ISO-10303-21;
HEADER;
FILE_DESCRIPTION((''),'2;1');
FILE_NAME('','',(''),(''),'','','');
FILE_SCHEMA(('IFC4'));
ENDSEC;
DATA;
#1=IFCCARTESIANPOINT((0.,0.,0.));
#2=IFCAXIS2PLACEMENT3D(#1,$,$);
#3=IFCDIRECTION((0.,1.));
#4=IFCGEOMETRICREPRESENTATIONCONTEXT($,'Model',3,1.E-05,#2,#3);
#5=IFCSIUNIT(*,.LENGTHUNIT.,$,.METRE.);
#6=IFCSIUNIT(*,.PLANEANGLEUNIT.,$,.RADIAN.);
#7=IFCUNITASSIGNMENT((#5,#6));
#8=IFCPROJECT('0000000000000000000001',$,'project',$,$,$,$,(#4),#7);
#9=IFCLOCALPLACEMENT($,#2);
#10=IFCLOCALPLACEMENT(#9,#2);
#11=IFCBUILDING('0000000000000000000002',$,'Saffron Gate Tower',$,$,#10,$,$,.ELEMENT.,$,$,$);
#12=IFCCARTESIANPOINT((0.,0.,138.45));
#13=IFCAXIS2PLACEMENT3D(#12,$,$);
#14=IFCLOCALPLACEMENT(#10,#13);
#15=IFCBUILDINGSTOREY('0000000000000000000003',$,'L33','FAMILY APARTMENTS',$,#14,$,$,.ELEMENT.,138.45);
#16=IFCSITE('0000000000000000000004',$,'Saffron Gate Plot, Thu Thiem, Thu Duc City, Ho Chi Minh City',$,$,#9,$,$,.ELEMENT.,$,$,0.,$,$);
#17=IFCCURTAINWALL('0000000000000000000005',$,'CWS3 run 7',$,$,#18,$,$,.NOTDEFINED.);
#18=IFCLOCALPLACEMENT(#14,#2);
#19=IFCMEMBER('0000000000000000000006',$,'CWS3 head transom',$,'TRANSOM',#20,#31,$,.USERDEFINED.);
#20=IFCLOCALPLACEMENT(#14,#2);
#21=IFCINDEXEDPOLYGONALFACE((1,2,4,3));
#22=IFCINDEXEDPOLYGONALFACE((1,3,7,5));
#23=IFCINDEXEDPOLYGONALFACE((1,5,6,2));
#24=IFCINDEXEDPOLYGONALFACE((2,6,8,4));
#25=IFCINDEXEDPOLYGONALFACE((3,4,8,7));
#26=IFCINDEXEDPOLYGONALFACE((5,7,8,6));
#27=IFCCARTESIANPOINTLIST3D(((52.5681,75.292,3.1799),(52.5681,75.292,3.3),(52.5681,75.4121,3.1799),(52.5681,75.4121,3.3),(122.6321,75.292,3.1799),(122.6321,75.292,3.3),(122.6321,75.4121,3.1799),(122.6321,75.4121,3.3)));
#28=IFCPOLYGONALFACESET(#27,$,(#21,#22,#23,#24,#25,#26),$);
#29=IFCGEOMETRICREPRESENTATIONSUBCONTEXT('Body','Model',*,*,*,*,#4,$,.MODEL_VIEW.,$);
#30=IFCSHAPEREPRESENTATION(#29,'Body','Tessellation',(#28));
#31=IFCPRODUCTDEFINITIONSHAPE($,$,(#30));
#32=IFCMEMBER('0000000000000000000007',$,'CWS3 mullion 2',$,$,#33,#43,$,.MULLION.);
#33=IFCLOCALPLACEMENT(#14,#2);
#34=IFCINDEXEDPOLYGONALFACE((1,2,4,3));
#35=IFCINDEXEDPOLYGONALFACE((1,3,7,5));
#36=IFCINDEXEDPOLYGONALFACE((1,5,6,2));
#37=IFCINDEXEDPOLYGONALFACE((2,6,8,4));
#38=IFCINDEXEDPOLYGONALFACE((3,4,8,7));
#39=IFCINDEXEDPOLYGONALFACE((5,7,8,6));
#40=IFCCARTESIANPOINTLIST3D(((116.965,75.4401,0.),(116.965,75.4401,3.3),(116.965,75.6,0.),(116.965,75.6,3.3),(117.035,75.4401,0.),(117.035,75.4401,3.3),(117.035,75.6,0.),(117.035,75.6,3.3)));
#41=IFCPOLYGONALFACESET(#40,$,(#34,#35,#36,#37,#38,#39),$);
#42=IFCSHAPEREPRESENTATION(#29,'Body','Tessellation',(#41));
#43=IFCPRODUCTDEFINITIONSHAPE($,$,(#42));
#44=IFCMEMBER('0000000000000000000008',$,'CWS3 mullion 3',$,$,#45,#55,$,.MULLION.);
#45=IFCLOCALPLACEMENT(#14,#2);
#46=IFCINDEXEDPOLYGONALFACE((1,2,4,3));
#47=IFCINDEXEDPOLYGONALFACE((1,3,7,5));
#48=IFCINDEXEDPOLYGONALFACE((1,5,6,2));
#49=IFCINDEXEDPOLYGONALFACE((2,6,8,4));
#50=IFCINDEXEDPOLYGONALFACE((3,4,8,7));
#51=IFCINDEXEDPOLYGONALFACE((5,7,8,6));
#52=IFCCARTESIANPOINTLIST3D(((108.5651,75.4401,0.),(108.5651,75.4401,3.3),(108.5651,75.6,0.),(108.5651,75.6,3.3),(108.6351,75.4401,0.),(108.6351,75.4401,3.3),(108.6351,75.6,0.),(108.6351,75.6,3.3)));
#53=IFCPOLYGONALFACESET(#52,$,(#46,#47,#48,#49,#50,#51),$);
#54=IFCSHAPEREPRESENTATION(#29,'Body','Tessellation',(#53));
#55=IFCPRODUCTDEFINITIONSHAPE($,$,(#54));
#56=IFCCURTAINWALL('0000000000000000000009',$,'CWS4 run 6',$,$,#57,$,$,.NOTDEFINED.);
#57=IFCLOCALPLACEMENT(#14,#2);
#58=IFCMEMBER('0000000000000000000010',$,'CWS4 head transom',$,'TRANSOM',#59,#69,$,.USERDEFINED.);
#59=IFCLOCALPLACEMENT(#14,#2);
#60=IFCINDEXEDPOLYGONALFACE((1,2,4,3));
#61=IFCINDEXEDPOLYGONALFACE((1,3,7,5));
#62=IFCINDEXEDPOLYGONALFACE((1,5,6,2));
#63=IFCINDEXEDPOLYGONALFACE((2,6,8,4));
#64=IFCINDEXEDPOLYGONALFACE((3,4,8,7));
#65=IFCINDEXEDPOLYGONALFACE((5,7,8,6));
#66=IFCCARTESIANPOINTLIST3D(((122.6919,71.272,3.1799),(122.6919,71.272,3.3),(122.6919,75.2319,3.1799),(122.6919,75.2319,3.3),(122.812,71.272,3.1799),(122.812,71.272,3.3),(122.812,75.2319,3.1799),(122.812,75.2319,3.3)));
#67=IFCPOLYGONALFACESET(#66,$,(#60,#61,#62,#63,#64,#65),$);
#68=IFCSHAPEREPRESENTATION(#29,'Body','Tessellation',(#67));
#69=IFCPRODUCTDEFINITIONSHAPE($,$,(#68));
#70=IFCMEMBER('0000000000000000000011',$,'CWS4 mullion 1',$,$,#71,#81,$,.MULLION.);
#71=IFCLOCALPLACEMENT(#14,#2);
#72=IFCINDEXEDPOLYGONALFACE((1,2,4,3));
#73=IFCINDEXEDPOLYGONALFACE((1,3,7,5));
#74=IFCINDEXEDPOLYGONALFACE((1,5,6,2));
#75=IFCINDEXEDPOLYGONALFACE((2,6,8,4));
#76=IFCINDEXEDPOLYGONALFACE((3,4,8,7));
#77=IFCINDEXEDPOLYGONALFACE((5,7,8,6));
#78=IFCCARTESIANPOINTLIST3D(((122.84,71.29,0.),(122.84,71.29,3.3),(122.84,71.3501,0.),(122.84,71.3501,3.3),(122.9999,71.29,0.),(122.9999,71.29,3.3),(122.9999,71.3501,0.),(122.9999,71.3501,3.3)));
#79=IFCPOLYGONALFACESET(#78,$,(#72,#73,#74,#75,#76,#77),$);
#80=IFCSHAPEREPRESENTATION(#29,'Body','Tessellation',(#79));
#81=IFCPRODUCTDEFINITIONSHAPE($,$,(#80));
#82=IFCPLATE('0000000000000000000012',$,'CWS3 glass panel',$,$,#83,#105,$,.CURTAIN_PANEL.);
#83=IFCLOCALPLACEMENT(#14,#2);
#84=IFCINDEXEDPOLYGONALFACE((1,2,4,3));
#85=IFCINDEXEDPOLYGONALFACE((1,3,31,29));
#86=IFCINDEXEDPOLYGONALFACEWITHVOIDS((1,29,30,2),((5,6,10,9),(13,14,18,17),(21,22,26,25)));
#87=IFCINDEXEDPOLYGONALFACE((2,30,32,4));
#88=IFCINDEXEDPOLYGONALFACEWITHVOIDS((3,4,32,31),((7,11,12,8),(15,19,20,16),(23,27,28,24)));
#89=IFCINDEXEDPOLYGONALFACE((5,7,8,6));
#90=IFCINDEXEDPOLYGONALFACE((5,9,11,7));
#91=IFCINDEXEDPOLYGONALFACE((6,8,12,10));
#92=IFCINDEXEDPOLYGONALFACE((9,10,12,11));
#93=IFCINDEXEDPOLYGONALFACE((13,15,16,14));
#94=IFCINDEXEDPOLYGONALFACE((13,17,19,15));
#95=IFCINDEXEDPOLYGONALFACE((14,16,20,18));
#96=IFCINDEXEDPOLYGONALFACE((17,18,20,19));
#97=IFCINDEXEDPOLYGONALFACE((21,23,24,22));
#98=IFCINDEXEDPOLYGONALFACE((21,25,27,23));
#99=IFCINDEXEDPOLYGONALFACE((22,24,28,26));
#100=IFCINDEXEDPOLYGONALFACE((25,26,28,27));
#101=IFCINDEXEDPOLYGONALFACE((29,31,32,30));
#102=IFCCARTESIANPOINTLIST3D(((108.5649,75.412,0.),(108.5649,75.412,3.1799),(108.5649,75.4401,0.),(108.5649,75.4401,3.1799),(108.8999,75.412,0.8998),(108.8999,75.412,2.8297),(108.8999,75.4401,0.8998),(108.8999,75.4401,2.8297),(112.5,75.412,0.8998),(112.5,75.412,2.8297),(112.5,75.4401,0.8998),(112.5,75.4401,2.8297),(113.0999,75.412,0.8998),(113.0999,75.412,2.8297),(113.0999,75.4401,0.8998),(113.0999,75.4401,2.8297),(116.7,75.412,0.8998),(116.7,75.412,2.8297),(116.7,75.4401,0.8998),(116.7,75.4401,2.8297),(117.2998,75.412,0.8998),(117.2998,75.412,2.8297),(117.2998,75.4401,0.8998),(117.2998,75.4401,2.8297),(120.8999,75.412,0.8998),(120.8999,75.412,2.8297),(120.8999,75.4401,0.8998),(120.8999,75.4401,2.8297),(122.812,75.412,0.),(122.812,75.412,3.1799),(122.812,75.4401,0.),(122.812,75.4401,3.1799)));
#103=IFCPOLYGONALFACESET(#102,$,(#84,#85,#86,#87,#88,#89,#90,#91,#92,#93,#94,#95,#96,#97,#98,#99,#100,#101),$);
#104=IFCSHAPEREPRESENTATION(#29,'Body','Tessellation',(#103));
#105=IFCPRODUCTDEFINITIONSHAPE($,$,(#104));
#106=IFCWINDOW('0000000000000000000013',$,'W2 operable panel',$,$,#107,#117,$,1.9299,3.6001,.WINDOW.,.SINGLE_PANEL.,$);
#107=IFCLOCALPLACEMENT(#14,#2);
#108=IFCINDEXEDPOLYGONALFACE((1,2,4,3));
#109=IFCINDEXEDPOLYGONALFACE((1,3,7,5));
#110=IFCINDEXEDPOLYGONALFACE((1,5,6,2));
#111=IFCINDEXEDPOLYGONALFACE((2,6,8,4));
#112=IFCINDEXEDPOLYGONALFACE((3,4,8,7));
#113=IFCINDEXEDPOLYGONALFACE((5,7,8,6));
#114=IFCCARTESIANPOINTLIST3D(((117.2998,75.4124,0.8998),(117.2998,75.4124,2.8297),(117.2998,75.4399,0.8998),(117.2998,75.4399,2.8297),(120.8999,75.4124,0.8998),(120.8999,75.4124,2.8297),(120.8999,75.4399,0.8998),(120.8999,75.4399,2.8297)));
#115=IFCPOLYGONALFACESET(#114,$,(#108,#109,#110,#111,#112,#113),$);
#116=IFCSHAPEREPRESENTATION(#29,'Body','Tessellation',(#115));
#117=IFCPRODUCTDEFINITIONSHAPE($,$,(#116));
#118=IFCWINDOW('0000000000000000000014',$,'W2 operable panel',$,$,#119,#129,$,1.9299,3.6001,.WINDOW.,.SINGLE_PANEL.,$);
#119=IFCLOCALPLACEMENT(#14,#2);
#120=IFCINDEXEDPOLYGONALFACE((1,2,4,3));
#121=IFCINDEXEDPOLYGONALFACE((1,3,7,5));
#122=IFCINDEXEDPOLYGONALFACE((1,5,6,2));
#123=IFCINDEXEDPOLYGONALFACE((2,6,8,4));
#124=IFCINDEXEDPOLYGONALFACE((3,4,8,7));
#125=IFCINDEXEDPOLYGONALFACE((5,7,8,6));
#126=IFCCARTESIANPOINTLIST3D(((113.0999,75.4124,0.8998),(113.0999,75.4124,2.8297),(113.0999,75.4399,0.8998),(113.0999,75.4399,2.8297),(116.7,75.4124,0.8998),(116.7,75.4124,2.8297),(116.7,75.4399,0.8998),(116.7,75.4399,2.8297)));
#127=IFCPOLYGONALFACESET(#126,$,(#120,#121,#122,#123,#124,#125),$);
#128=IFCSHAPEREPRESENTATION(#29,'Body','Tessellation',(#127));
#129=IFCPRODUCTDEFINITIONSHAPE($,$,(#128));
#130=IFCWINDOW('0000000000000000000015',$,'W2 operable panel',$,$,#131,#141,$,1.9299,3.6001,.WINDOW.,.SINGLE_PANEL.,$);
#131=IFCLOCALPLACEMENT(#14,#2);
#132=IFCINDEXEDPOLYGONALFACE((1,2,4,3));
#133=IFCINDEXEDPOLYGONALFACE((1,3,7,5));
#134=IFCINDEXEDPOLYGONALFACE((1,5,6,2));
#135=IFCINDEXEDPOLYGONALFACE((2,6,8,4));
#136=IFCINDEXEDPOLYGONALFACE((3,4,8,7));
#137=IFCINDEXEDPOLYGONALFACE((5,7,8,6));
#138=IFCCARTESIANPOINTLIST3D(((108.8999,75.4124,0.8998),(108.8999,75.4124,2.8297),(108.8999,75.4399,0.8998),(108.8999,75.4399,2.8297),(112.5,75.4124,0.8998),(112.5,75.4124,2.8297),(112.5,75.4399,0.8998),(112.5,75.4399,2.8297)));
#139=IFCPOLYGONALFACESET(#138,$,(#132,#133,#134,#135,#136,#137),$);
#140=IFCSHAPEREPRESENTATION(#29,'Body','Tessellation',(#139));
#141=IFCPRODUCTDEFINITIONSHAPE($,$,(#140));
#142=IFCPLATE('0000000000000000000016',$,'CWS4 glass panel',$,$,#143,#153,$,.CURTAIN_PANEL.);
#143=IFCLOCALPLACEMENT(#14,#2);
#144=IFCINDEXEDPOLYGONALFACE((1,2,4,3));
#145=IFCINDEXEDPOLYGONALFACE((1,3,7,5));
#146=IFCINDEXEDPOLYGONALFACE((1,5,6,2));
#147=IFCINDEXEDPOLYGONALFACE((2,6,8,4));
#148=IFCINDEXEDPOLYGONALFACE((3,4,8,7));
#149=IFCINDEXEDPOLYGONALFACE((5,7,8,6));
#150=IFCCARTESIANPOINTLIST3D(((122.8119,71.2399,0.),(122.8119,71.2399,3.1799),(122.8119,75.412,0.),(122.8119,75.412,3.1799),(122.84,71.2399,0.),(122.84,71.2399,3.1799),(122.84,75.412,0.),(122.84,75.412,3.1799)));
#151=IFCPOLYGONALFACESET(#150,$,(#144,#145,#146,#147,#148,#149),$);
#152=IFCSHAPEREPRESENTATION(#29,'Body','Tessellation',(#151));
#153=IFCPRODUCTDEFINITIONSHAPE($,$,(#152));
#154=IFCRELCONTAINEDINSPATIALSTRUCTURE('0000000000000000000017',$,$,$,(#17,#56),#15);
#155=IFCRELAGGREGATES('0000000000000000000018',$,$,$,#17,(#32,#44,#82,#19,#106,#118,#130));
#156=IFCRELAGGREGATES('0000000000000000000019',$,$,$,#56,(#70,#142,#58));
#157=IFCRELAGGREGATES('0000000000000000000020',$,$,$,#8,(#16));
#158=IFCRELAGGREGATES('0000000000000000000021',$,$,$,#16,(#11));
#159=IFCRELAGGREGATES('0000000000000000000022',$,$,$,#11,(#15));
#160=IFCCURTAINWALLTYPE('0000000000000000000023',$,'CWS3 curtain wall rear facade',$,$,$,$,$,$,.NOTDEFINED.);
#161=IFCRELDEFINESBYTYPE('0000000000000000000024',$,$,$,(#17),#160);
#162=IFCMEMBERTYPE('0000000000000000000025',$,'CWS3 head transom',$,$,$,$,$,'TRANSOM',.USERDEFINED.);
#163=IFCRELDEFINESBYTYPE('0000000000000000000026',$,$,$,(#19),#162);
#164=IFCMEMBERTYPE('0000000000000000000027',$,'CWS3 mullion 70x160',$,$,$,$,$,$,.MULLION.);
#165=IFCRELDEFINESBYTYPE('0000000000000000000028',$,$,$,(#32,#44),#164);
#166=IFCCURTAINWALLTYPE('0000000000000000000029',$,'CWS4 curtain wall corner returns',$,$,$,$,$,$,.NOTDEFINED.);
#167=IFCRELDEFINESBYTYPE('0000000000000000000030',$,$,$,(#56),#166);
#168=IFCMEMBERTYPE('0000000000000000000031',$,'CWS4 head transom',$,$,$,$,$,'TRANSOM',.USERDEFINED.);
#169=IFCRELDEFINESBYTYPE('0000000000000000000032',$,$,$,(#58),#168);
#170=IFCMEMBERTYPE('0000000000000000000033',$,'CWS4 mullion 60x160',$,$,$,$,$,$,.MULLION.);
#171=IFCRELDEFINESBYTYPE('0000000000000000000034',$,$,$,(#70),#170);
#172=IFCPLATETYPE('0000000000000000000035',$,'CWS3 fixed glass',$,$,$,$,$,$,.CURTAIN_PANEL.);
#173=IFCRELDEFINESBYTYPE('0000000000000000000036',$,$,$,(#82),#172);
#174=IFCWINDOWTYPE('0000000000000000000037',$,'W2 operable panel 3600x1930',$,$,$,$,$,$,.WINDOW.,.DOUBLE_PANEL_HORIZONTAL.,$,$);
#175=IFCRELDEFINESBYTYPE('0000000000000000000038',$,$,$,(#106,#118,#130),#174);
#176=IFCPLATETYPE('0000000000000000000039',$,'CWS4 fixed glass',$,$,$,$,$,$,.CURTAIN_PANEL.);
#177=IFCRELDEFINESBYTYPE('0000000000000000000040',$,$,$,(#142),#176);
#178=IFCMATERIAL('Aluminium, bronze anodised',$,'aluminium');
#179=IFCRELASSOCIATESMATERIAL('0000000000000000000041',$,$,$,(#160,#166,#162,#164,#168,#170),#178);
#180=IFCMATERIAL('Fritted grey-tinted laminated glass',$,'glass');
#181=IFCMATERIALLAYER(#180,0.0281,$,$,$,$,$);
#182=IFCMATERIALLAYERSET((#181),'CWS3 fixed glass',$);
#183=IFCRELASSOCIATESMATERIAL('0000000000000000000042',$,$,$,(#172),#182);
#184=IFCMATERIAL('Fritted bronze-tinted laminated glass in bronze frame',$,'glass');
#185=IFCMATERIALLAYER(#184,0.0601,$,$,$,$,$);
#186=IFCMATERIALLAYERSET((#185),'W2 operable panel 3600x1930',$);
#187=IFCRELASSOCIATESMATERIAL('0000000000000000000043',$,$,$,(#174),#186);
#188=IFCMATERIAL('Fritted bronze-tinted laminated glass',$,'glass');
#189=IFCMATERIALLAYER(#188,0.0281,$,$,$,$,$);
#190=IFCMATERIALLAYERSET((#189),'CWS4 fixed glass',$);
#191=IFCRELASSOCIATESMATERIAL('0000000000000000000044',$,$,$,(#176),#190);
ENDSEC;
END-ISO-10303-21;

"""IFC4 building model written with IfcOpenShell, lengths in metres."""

from ifc_helpers import new_model, si_unit, direction, frame, frame_2d, origin, origin_2d, place, context, subcontext, project, spatial, rectangle, extrude, material, layer, layer_set, material_profile, profile_set, type_object, element, fill, aggregate, save


model = new_model("IFC4")

# Units and contexts
model_context = context("Model", 3, precision=1e-05, world=origin(), true_north=direction((0.0, 1.0)))
body_context = subcontext(model_context, "Body", "Model", "MODEL_VIEW")
ifc_project = project(units=[si_unit("LENGTHUNIT", "METRE"), si_unit("PLANEANGLEUNIT", "RADIAN")], contexts=[model_context])

# Site, building, storey
site_placement = place(None, origin())
site = spatial("IfcSite", under=ifc_project, at=site_placement, Name="Saffron Gate Plot, Thu Thiem, Thu Duc City, Ho Chi Minh City", CompositionType="ELEMENT", RefElevation=0.0)
building_placement = place(site_placement, origin())
building = spatial("IfcBuilding", under=site, at=building_placement, Name="Saffron Gate Tower", CompositionType="ELEMENT")
storey_placement = place(building_placement, frame((0.0, 0.0, 138.45)))
storey = spatial("IfcBuildingStorey", under=building, at=storey_placement, Name="L33", Description="FAMILY APARTMENTS", CompositionType="ELEMENT", Elevation=138.45)

# Curtain walls, members
ifc_material_1 = material(Name="Aluminium, bronze anodised", Category="aluminium")
curtain_wall_type_1 = type_object("IfcCurtainWallType", Name="CWS3 curtain wall rear facade", PredefinedType="NOTDEFINED", material=ifc_material_1)
curtain_wall_1_placement = place(storey_placement, origin())
curtain_wall_1 = element("IfcCurtainWall", 1, at=curtain_wall_1_placement, inside=storey, type_object=curtain_wall_type_1, Name="CWS3 run 7", PredefinedType="NOTDEFINED")
ifc_material_profile_1 = material_profile(ifc_material_1, rectangle(XDim=0.1201, YDim=0.1201, at=origin_2d()))
ifc_profile_set_1 = profile_set([ifc_material_profile_1], Name="Aluminium, bronze anodised")
member_type_1 = type_object("IfcMemberType", Name="CWS3 head transom", ElementType="TRANSOM", PredefinedType="USERDEFINED", material=ifc_profile_set_1)
member_1_placement = place(storey_placement, frame((122.6321, 75.3521, 3.24), z_axis=(-1.0, 0.0, 0.0), x_axis=(0.0, -1.0, 0.0)))
member_1 = element("IfcMember", 2, at=member_1_placement, type_object=member_type_1, Name="CWS3 head transom", ObjectType="TRANSOM", PredefinedType="USERDEFINED", context=body_context, shape_type="SweptSolid", body=[
    extrude(rectangle(XDim=0.1201, YDim=0.1201, at=origin_2d()), origin(), (0.0, 0.0, 1.0), 70.064),
])
ifc_material_profile_2 = material_profile(ifc_material_1, rectangle(XDim=0.1599, YDim=0.0701, at=origin_2d()))
ifc_profile_set_2 = profile_set([ifc_material_profile_2], Name="Aluminium, bronze anodised")
member_type_2 = type_object("IfcMemberType", Name="CWS3 mullion 70x160", PredefinedType="MULLION", material=ifc_profile_set_2)
member_2_placement = place(storey_placement, frame((117.0, 75.52, 0.0), z_axis=(0.0, 0.0, 1.0), x_axis=(0.0, -1.0, 0.0)))
member_2 = element("IfcMember", 3, at=member_2_placement, type_object=member_type_2, Name="CWS3 mullion 2", PredefinedType="MULLION", context=body_context, shape_type="SweptSolid", body=[
    extrude(rectangle(XDim=0.1599, YDim=0.0701, at=origin_2d()), origin(), (0.0, 0.0, 1.0), 3.3),
])
member_3_placement = place(storey_placement, frame((108.6001, 75.52, 0.0), z_axis=(0.0, 0.0, 1.0), x_axis=(0.0, -1.0, 0.0)))
member_3 = element("IfcMember", 4, at=member_3_placement, type_object=member_type_2, Name="CWS3 mullion 3", PredefinedType="MULLION", context=body_context, shape_type="SweptSolid", body=[
    extrude(rectangle(XDim=0.1599, YDim=0.0701, at=origin_2d()), origin(), (0.0, 0.0, 1.0), 3.3),
])
curtain_wall_type_2 = type_object("IfcCurtainWallType", Name="CWS4 curtain wall corner returns", PredefinedType="NOTDEFINED", material=ifc_material_1)
curtain_wall_2_placement = place(storey_placement, origin())
curtain_wall_2 = element("IfcCurtainWall", 5, at=curtain_wall_2_placement, inside=storey, type_object=curtain_wall_type_2, Name="CWS4 run 6", PredefinedType="NOTDEFINED")
ifc_material_profile_3 = material_profile(ifc_material_1, rectangle(XDim=0.1201, YDim=0.1201, at=origin_2d()))
ifc_profile_set_3 = profile_set([ifc_material_profile_3], Name="Aluminium, bronze anodised")
member_type_3 = type_object("IfcMemberType", Name="CWS4 head transom", ElementType="TRANSOM", PredefinedType="USERDEFINED", material=ifc_profile_set_3)
member_4_placement = place(storey_placement, frame((122.752, 71.272, 3.24), z_axis=(0.0, 1.0, 0.0), x_axis=(-1.0, 0.0, 0.0)))
member_4 = element("IfcMember", 6, at=member_4_placement, type_object=member_type_3, Name="CWS4 head transom", ObjectType="TRANSOM", PredefinedType="USERDEFINED", context=body_context, shape_type="SweptSolid", body=[
    extrude(rectangle(XDim=0.1201, YDim=0.1201, at=origin_2d()), origin(), (0.0, 0.0, 1.0), 3.96),
])
ifc_material_profile_4 = material_profile(ifc_material_1, rectangle(XDim=0.1599, YDim=0.0601, at=origin_2d()))
ifc_profile_set_4 = profile_set([ifc_material_profile_4], Name="Aluminium, bronze anodised")
member_type_4 = type_object("IfcMemberType", Name="CWS4 mullion 60x160", PredefinedType="MULLION", material=ifc_profile_set_4)
member_5_placement = place(storey_placement, frame((122.9199, 71.3201, 0.0), z_axis=(0.0, 0.0, 1.0), x_axis=(-1.0, 0.0, 0.0)))
member_5 = element("IfcMember", 7, at=member_5_placement, type_object=member_type_4, Name="CWS4 mullion 1", PredefinedType="MULLION", context=body_context, shape_type="SweptSolid", body=[
    extrude(rectangle(XDim=0.1599, YDim=0.0601, at=origin_2d()), origin(), (0.0, 0.0, 1.0), 3.3),
])

# Plate, openings, windows
ifc_material_2 = material(Name="Fritted grey-tinted laminated glass", Category="glass")
ifc_layer_1 = layer(ifc_material_2, 0.0281)
ifc_layer_set_1 = layer_set([ifc_layer_1], Name="CWS3 fixed glass")
plate_type_1 = type_object("IfcPlateType", Name="CWS3 fixed glass", PredefinedType="CURTAIN_PANEL", material=ifc_layer_set_1)
plate_1_placement = place(storey_placement, frame((122.812, 75.426, 0.0), z_axis=(0.0, 0.0, 1.0), x_axis=(-1.0, 0.0, 0.0)))
plate_1 = element("IfcPlate", 8, at=plate_1_placement, type_object=plate_type_1, Name="CWS3 glass panel", PredefinedType="CURTAIN_PANEL", context=body_context, shape_type="SweptSolid", body=[
    extrude(rectangle(XDim=14.2471, YDim=0.0281, at=frame_2d((7.1235, 0.0))), origin(), (0.0, 0.0, 1.0), 3.1799),
])
opening_1_placement = place(plate_1_placement, frame((1.9121, 0.0, 0.8999)))
opening_1 = element("IfcOpeningElement", 9, at=opening_1_placement, cuts=plate_1, PredefinedType="OPENING", context=body_context, shape_type="SweptSolid", body=[
    extrude(rectangle(XDim=3.6001, YDim=1.9299, at=frame_2d((1.8, 0.9648))), frame((0.0, 0.0239, 0.0), z_axis=(0.0, -1.0, 0.0), x_axis=(1.0, 0.0, 0.0)), (0.0, 0.0, 1.0), 0.0481),
])
opening_2_placement = place(plate_1_placement, frame((6.1121, 0.0, 0.8999)))
opening_2 = element("IfcOpeningElement", 10, at=opening_2_placement, cuts=plate_1, PredefinedType="OPENING", context=body_context, shape_type="SweptSolid", body=[
    extrude(rectangle(XDim=3.6001, YDim=1.9299, at=frame_2d((1.8, 0.9648))), frame((0.0, 0.0239, 0.0), z_axis=(0.0, -1.0, 0.0), x_axis=(1.0, 0.0, 0.0)), (0.0, 0.0, 1.0), 0.0481),
])
opening_3_placement = place(plate_1_placement, frame((10.312, 0.0, 0.8999)))
opening_3 = element("IfcOpeningElement", 11, at=opening_3_placement, cuts=plate_1, PredefinedType="OPENING", context=body_context, shape_type="SweptSolid", body=[
    extrude(rectangle(XDim=3.6001, YDim=1.9299, at=frame_2d((1.8, 0.9648))), frame((0.0, 0.0239, 0.0), z_axis=(0.0, -1.0, 0.0), x_axis=(1.0, 0.0, 0.0)), (0.0, 0.0, 1.0), 0.0481),
])
ifc_material_3 = material(Name="Fritted bronze-tinted laminated glass in bronze frame", Category="glass")
ifc_layer_2 = layer(ifc_material_3, 0.0601)
ifc_layer_set_2 = layer_set([ifc_layer_2], Name="W2 operable panel 3600x1930")
window_type = type_object("IfcWindowType", Name="W2 operable panel 3600x1930", PartitioningType="DOUBLE_PANEL_HORIZONTAL", PredefinedType="WINDOW", material=ifc_layer_set_2)
window_1_placement = place(opening_1_placement, origin())
window_1 = element("IfcWindow", 12, at=window_1_placement, type_object=window_type, Name="W2 operable panel", OverallHeight=1.9299, OverallWidth=3.6001, PartitioningType="SINGLE_PANEL", PredefinedType="WINDOW", context=body_context, shape_type="SweptSolid", body=[
    extrude(rectangle(XDim=3.6001, YDim=1.9299, at=frame_2d((1.8, 0.9648))), frame((0.0, 0.0137, 0.0), z_axis=(0.0, -1.0, 0.0), x_axis=(1.0, 0.0, 0.0)), (0.0, 0.0, 1.0), 0.0276),
])
fill(opening_1, window_1)
window_2_placement = place(opening_2_placement, origin())
window_2 = element("IfcWindow", 13, at=window_2_placement, type_object=window_type, Name="W2 operable panel", OverallHeight=1.9299, OverallWidth=3.6001, PartitioningType="SINGLE_PANEL", PredefinedType="WINDOW", context=body_context, shape_type="SweptSolid", body=[
    extrude(rectangle(XDim=3.6001, YDim=1.9299, at=frame_2d((1.8, 0.9648))), frame((0.0, 0.0137, 0.0), z_axis=(0.0, -1.0, 0.0), x_axis=(1.0, 0.0, 0.0)), (0.0, 0.0, 1.0), 0.0276),
])
fill(opening_2, window_2)
window_3_placement = place(opening_3_placement, origin())
window_3 = element("IfcWindow", 14, at=window_3_placement, type_object=window_type, Name="W2 operable panel", OverallHeight=1.9299, OverallWidth=3.6001, PartitioningType="SINGLE_PANEL", PredefinedType="WINDOW", context=body_context, shape_type="SweptSolid", body=[
    extrude(rectangle(XDim=3.6001, YDim=1.9299, at=frame_2d((1.8, 0.9648))), frame((0.0, 0.0137, 0.0), z_axis=(0.0, -1.0, 0.0), x_axis=(1.0, 0.0, 0.0)), (0.0, 0.0, 1.0), 0.0276),
])
fill(opening_3, window_3)
aggregate(curtain_wall_1, [member_2, member_3, plate_1, member_1, window_1, window_2, window_3])

# Plate
ifc_material_4 = material(Name="Fritted bronze-tinted laminated glass", Category="glass")
ifc_layer_3 = layer(ifc_material_4, 0.0281)
ifc_layer_set_3 = layer_set([ifc_layer_3], Name="CWS4 fixed glass")
plate_type_2 = type_object("IfcPlateType", Name="CWS4 fixed glass", PredefinedType="CURTAIN_PANEL", material=ifc_layer_set_3)
plate_2_placement = place(storey_placement, frame((122.8259, 71.24, 0.0), z_axis=(0.0, 0.0, 1.0), x_axis=(0.0, 1.0, 0.0)))
plate_2 = element("IfcPlate", 15, at=plate_2_placement, type_object=plate_type_2, Name="CWS4 glass panel", PredefinedType="CURTAIN_PANEL", context=body_context, shape_type="SweptSolid", body=[
    extrude(rectangle(XDim=4.1721, YDim=0.0281, at=frame_2d((2.0859, 0.0))), origin(), (0.0, 0.0, 1.0), 3.1799),
])
aggregate(curtain_wall_2, [member_5, plate_2, member_4])

save(model, "model.ifc")
